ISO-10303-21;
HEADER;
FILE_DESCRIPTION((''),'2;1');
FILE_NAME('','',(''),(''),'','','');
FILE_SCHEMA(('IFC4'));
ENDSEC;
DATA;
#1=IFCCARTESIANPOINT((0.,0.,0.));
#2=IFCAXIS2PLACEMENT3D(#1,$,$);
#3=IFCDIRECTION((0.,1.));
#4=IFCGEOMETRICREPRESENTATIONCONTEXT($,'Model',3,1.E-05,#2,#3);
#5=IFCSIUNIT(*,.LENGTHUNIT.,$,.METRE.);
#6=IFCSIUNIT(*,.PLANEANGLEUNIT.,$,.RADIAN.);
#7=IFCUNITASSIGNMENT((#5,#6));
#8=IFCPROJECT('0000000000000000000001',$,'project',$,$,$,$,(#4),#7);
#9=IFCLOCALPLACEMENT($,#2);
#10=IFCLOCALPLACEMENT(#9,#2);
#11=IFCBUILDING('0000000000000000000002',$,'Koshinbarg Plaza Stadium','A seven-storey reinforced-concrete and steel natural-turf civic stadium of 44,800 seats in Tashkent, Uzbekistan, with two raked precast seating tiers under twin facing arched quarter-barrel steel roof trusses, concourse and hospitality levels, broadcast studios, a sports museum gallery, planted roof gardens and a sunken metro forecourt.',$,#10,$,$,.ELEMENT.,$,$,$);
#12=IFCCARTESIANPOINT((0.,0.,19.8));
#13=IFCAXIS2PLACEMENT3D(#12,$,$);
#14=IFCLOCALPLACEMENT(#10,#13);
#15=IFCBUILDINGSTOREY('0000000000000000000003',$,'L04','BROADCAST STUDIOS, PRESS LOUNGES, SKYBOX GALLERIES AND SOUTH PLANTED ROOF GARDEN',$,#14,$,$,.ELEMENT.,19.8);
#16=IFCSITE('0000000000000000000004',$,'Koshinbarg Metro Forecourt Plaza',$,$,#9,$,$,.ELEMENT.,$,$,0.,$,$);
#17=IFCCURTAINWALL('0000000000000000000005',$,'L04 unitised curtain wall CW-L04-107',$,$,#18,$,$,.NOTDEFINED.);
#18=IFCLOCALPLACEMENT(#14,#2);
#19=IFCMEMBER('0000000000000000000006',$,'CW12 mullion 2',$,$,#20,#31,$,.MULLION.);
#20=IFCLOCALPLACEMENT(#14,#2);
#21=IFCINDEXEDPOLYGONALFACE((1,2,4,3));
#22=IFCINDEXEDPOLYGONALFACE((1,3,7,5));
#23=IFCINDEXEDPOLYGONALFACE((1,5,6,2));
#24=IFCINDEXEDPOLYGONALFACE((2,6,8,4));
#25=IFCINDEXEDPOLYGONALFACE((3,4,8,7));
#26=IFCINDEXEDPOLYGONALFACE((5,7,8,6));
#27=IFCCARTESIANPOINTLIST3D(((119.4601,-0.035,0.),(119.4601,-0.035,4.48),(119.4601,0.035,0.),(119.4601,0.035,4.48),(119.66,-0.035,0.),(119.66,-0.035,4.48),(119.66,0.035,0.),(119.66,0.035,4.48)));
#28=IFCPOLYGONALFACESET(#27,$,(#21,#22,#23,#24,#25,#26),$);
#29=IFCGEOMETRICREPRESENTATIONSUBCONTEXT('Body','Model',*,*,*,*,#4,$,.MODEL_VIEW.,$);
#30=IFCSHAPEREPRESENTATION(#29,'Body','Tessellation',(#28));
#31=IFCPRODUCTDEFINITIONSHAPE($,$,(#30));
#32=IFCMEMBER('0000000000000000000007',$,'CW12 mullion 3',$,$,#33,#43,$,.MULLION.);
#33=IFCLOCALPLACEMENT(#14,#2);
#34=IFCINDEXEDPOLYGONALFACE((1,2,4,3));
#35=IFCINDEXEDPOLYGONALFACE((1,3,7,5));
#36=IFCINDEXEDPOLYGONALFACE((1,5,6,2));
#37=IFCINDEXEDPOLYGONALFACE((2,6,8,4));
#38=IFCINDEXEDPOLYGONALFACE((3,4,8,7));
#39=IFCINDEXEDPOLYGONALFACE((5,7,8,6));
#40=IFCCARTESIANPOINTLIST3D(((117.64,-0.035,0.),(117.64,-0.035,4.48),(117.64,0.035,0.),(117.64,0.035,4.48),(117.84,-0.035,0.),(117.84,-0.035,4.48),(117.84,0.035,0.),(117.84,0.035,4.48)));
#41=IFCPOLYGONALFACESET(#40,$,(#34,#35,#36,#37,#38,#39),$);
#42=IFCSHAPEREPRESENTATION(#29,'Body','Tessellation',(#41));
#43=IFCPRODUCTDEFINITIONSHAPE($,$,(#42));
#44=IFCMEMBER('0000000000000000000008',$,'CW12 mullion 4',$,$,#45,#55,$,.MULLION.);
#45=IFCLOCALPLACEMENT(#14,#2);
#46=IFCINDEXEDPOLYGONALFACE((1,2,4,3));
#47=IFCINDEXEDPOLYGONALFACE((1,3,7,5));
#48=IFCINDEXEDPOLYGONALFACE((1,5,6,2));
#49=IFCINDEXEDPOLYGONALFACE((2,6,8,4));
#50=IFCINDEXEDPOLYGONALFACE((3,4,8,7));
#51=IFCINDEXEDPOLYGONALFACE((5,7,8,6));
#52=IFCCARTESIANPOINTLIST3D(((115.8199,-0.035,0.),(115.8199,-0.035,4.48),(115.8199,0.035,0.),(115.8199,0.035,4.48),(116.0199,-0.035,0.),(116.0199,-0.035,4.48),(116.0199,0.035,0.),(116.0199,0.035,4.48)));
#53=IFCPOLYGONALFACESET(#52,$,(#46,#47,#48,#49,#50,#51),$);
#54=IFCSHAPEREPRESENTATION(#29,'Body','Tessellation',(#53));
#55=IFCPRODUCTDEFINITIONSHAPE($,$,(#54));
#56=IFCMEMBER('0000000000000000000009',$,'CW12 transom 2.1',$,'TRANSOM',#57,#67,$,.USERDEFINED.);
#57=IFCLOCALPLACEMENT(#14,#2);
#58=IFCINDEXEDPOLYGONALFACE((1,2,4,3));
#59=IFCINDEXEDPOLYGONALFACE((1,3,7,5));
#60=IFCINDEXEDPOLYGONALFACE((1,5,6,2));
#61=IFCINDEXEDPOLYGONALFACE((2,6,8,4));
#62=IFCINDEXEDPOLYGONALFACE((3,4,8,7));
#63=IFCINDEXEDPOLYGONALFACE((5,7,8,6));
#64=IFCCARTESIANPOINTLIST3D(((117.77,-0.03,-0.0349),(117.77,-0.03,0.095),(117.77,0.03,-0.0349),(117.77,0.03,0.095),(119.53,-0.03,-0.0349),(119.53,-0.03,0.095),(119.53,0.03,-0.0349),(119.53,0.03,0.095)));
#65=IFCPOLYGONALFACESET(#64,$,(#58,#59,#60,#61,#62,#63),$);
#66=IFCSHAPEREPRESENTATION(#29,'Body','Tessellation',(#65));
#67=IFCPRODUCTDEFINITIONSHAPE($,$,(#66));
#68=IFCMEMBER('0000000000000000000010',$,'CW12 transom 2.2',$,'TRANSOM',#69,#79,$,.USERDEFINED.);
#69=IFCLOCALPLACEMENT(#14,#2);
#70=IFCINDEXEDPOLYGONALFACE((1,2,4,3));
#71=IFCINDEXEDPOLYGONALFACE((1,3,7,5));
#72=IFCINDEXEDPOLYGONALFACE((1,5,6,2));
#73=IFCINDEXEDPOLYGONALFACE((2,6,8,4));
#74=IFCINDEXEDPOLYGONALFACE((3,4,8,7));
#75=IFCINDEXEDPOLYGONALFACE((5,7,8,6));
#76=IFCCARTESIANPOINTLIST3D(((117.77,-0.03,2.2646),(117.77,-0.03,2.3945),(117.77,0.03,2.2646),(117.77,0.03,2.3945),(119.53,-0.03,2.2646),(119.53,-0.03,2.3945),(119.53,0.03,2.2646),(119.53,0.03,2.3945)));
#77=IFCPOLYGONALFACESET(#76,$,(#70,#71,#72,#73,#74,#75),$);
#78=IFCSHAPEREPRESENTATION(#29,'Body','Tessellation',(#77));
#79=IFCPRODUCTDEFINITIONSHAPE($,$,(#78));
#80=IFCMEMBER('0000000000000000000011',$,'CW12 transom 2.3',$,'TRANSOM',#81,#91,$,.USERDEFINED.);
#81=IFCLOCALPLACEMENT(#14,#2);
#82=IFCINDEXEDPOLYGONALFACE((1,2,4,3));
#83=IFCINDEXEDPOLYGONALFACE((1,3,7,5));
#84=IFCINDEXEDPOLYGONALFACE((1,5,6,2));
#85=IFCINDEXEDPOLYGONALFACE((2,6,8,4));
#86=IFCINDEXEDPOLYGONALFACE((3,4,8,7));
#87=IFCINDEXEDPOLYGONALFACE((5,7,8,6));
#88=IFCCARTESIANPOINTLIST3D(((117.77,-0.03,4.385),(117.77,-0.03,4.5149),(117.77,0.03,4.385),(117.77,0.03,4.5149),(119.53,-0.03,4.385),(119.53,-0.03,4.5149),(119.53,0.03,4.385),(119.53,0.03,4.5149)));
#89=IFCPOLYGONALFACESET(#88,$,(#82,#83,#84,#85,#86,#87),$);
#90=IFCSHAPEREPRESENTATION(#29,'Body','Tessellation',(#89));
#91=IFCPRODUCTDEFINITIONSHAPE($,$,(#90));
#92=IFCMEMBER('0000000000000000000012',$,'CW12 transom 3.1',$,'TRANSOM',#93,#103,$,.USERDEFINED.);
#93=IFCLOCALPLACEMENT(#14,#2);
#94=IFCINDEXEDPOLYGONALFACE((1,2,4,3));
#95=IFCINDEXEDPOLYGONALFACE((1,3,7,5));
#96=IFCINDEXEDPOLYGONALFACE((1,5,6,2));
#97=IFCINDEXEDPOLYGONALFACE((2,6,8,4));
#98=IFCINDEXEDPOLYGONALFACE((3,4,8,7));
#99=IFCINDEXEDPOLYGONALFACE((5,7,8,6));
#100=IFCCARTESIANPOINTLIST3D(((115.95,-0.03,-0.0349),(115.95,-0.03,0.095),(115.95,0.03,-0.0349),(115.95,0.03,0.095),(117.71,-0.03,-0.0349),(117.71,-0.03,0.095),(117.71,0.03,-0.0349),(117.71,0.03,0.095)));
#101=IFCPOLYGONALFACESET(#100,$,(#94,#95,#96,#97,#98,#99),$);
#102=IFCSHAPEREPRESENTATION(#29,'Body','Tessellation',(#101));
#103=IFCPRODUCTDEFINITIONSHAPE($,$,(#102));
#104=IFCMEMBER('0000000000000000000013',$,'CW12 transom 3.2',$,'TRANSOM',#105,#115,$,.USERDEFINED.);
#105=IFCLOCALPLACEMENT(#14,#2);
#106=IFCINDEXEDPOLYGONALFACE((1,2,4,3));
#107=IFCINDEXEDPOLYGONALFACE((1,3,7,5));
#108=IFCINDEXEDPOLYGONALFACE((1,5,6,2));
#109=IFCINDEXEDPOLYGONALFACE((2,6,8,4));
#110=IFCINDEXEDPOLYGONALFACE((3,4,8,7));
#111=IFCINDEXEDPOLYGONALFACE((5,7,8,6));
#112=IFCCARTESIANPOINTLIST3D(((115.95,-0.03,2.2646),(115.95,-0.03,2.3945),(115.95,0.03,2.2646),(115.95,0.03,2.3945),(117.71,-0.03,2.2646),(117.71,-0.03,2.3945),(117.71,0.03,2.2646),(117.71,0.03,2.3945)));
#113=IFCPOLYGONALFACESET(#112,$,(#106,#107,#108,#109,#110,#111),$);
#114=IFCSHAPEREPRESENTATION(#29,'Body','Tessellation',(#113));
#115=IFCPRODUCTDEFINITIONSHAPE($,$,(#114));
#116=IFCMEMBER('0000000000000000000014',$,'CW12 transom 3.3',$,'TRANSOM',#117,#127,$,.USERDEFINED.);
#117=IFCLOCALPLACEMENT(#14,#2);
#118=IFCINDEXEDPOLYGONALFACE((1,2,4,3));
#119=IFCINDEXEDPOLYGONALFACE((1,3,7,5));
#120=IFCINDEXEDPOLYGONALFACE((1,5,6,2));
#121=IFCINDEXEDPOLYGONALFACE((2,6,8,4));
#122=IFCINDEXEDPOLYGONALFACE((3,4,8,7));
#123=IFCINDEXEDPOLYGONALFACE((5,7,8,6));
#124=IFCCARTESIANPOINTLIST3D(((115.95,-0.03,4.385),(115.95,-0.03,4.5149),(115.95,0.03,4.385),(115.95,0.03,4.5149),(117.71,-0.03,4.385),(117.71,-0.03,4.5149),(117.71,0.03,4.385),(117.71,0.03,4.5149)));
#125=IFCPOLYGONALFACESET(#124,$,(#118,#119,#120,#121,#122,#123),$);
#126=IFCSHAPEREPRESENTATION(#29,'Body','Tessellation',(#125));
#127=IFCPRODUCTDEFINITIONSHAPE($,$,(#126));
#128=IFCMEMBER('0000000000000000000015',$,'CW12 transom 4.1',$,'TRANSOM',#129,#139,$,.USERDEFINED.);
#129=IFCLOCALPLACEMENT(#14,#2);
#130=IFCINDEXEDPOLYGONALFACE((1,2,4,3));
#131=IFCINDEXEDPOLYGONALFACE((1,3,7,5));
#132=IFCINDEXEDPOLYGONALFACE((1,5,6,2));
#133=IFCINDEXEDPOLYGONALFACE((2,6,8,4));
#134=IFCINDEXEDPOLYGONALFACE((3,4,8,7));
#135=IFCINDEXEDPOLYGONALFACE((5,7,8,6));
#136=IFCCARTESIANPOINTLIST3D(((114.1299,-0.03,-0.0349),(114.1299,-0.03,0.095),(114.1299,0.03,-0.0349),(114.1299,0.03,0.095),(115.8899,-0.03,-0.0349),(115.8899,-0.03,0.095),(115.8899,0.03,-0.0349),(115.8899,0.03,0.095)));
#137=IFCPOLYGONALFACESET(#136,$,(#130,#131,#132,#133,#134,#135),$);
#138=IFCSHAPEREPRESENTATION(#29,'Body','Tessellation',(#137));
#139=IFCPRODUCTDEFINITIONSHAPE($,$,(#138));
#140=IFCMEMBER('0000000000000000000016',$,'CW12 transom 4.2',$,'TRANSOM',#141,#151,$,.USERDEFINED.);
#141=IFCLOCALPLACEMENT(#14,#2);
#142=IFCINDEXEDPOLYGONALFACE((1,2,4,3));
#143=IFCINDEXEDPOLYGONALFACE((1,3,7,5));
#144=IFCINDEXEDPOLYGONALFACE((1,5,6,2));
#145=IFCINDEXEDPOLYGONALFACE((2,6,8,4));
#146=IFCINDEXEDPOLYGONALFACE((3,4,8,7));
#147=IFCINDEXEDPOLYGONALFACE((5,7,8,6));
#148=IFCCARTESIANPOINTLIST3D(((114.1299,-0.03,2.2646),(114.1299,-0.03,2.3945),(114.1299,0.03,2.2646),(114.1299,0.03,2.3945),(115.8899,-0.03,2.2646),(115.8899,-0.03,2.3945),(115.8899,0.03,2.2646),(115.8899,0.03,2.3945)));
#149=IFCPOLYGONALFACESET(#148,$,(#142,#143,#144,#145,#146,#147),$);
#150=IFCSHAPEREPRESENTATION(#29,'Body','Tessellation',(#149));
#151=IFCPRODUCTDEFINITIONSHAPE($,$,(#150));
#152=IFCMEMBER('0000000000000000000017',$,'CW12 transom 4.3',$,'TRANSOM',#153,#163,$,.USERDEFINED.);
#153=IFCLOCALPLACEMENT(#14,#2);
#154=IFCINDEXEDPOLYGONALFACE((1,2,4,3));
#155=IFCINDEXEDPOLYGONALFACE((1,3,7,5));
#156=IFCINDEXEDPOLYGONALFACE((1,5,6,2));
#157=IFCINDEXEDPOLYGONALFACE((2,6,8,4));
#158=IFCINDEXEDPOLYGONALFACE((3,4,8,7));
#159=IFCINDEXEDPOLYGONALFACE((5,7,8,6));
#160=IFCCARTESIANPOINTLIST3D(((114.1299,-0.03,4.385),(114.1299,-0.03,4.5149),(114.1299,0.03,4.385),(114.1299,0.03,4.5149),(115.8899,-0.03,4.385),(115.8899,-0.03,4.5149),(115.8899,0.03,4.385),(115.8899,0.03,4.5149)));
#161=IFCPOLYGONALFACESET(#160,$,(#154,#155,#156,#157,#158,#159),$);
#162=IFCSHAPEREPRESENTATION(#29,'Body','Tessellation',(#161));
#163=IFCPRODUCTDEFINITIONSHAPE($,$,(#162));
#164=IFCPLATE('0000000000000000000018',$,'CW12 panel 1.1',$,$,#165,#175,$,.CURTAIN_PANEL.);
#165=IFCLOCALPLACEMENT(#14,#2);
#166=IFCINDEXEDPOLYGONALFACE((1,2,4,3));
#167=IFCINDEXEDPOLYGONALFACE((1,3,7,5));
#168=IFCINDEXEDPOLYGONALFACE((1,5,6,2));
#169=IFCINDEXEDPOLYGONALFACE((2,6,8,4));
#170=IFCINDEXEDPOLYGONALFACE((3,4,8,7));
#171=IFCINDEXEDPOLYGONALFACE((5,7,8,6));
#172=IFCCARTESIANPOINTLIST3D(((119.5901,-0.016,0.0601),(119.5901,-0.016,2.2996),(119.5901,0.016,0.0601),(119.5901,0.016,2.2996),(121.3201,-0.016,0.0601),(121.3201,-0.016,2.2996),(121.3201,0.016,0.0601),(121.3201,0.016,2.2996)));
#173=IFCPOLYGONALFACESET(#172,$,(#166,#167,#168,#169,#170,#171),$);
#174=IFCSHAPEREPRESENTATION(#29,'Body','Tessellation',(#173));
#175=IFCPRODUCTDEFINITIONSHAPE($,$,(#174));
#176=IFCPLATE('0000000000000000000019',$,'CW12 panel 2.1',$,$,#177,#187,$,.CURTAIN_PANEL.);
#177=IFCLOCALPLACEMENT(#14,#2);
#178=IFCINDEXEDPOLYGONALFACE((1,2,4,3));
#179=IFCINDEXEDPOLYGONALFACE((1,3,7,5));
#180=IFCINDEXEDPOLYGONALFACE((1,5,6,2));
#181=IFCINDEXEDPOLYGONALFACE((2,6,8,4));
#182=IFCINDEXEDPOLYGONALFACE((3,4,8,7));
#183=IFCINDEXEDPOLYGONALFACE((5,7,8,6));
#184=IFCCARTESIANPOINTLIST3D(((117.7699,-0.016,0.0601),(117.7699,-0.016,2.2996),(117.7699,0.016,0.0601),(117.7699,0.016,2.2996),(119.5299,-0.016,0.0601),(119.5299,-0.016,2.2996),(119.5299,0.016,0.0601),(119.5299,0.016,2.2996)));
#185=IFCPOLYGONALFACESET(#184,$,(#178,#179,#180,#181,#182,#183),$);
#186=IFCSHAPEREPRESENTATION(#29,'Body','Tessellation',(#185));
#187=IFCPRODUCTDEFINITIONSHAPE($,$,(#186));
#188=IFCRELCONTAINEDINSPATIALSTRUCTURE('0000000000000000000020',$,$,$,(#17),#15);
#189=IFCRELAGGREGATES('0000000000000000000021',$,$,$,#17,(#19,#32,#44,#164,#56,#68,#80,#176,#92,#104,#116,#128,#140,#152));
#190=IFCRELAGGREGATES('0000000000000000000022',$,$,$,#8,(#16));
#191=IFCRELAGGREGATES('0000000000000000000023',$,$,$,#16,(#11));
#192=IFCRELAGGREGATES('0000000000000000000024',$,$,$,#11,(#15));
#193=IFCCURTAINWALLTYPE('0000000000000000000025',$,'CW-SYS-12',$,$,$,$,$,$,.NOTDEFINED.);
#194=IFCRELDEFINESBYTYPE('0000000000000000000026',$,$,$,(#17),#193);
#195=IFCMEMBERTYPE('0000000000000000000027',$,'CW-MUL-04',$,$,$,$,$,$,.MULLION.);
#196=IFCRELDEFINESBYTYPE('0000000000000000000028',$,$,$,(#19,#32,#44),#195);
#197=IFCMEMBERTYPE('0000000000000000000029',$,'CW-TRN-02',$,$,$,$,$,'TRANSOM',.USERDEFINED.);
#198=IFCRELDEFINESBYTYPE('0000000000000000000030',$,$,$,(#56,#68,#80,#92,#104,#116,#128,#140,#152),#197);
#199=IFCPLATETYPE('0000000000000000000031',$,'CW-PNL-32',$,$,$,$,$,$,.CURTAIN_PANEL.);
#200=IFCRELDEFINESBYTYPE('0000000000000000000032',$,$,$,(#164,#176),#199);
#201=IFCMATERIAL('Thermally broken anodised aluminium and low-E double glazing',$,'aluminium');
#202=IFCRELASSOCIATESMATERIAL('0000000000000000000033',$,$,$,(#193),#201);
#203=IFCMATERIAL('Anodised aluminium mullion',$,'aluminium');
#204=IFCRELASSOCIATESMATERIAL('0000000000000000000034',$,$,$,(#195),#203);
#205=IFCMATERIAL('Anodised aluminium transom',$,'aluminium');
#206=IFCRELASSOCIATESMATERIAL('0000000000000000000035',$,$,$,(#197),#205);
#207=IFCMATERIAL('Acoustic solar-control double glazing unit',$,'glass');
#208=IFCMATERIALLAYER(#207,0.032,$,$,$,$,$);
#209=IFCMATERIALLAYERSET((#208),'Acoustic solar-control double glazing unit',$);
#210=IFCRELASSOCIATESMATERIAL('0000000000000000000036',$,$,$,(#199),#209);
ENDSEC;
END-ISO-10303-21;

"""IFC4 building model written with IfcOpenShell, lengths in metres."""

from ifc_helpers import new_model, si_unit, direction, frame, origin, origin_2d, place, context, subcontext, project, spatial, rectangle, extrude, material, layer, layer_set, material_profile, profile_set, type_object, element, aggregate, save


model = new_model("IFC4")

# Units and contexts
model_context = context("Model", 3, precision=1e-05, world=origin(), true_north=direction((0.0, 1.0)))
body_context = subcontext(model_context, "Body", "Model", "MODEL_VIEW")
ifc_project = project(units=[si_unit("LENGTHUNIT", "METRE"), si_unit("PLANEANGLEUNIT", "RADIAN")], contexts=[model_context])

# Site, building, storey
site_placement = place(None, origin())
site = spatial("IfcSite", under=ifc_project, at=site_placement, Name="Koshinbarg Metro Forecourt Plaza", CompositionType="ELEMENT", RefElevation=0.0)
building_placement = place(site_placement, origin())
building = spatial("IfcBuilding", under=site, at=building_placement, Name="Koshinbarg Plaza Stadium", Description="A seven-storey reinforced-concrete and steel natural-turf civic stadium of 44,800 seats in Tashkent, Uzbekistan, with two raked precast seating tiers under twin facing arched quarter-barrel steel roof trusses, concourse and hospitality levels, broadcast studios, a sports museum gallery, planted roof gardens and a sunken metro forecourt.", CompositionType="ELEMENT")
storey_placement = place(building_placement, frame((0.0, 0.0, 19.8)))
storey = spatial("IfcBuildingStorey", under=building, at=storey_placement, Name="L04", Description="BROADCAST STUDIOS, PRESS LOUNGES, SKYBOX GALLERIES AND SOUTH PLANTED ROOF GARDEN", CompositionType="ELEMENT", Elevation=19.8)

# Curtain wall, members, plates
ifc_material_1 = material(Name="Thermally broken anodised aluminium and low-E double glazing", Category="aluminium")
curtain_wall_type = type_object("IfcCurtainWallType", Name="CW-SYS-12", PredefinedType="NOTDEFINED", material=ifc_material_1)
curtain_wall_placement = place(storey_placement, origin())
curtain_wall = element("IfcCurtainWall", 1, at=curtain_wall_placement, inside=storey, type_object=curtain_wall_type, Name="L04 unitised curtain wall CW-L04-107", PredefinedType="NOTDEFINED")
ifc_material_2 = material(Name="Anodised aluminium mullion", Category="aluminium")
ifc_material_profile_1 = material_profile(ifc_material_2, rectangle(XDim=0.0701, YDim=0.2, at=origin_2d()), Name="ALU 70x200")
ifc_profile_set_1 = profile_set([ifc_material_profile_1], Name="Anodised aluminium mullion")
member_type_1 = type_object("IfcMemberType", Name="CW-MUL-04", PredefinedType="MULLION", material=ifc_profile_set_1)
member_1_placement = place(storey_placement, frame((119.5601, 0.0, 0.0), z_axis=(0.0, 0.0, 1.0), x_axis=(0.0, -1.0, 0.0)))
member_1 = element("IfcMember", 2, at=member_1_placement, type_object=member_type_1, Name="CW12 mullion 2", PredefinedType="MULLION", context=body_context, shape_type="SweptSolid", body=[
    extrude(rectangle(XDim=0.0701, YDim=0.2, at=origin_2d()), origin(), (0.0, 0.0, 1.0), 4.48),
])
member_2_placement = place(storey_placement, frame((117.74, 0.0, 0.0), z_axis=(0.0, 0.0, 1.0), x_axis=(0.0, -1.0, 0.0)))
member_2 = element("IfcMember", 3, at=member_2_placement, type_object=member_type_1, Name="CW12 mullion 3", PredefinedType="MULLION", context=body_context, shape_type="SweptSolid", body=[
    extrude(rectangle(XDim=0.0701, YDim=0.2, at=origin_2d()), origin(), (0.0, 0.0, 1.0), 4.48),
])
member_3_placement = place(storey_placement, frame((115.9199, 0.0, 0.0), z_axis=(0.0, 0.0, 1.0), x_axis=(0.0, -1.0, 0.0)))
member_3 = element("IfcMember", 4, at=member_3_placement, type_object=member_type_1, Name="CW12 mullion 4", PredefinedType="MULLION", context=body_context, shape_type="SweptSolid", body=[
    extrude(rectangle(XDim=0.0701, YDim=0.2, at=origin_2d()), origin(), (0.0, 0.0, 1.0), 4.48),
])
ifc_material_3 = material(Name="Anodised aluminium transom", Category="aluminium")
ifc_material_profile_2 = material_profile(ifc_material_3, rectangle(XDim=0.0601, YDim=0.1299, at=origin_2d()), Name="ALU 60x130")
ifc_profile_set_2 = profile_set([ifc_material_profile_2], Name="Anodised aluminium transom")
member_type_2 = type_object("IfcMemberType", Name="CW-TRN-02", ElementType="TRANSOM", PredefinedType="USERDEFINED", material=ifc_profile_set_2)
member_4_placement = place(storey_placement, frame((119.53, 0.0, 0.03), z_axis=(-1.0, 0.0, 0.0), x_axis=(0.0, -1.0, 0.0)))
member_4 = element("IfcMember", 5, at=member_4_placement, type_object=member_type_2, Name="CW12 transom 2.1", ObjectType="TRANSOM", PredefinedType="USERDEFINED", context=body_context, shape_type="SweptSolid", body=[
    extrude(rectangle(XDim=0.0601, YDim=0.1299, at=origin_2d()), origin(), (0.0, 0.0, 1.0), 1.76),
])
member_5_placement = place(storey_placement, frame((119.53, 0.0, 2.3296), z_axis=(-1.0, 0.0, 0.0), x_axis=(0.0, -1.0, 0.0)))
member_5 = element("IfcMember", 6, at=member_5_placement, type_object=member_type_2, Name="CW12 transom 2.2", ObjectType="TRANSOM", PredefinedType="USERDEFINED", context=body_context, shape_type="SweptSolid", body=[
    extrude(rectangle(XDim=0.0601, YDim=0.1299, at=origin_2d()), origin(), (0.0, 0.0, 1.0), 1.76),
])
member_6_placement = place(storey_placement, frame((119.53, 0.0, 4.45), z_axis=(-1.0, 0.0, 0.0), x_axis=(0.0, -1.0, 0.0)))
member_6 = element("IfcMember", 7, at=member_6_placement, type_object=member_type_2, Name="CW12 transom 2.3", ObjectType="TRANSOM", PredefinedType="USERDEFINED", context=body_context, shape_type="SweptSolid", body=[
    extrude(rectangle(XDim=0.0601, YDim=0.1299, at=origin_2d()), origin(), (0.0, 0.0, 1.0), 1.76),
])
member_7_placement = place(storey_placement, frame((117.71, 0.0, 0.03), z_axis=(-1.0, 0.0, 0.0), x_axis=(0.0, -1.0, 0.0)))
member_7 = element("IfcMember", 8, at=member_7_placement, type_object=member_type_2, Name="CW12 transom 3.1", ObjectType="TRANSOM", PredefinedType="USERDEFINED", context=body_context, shape_type="SweptSolid", body=[
    extrude(rectangle(XDim=0.0601, YDim=0.1299, at=origin_2d()), origin(), (0.0, 0.0, 1.0), 1.76),
])
member_8_placement = place(storey_placement, frame((117.71, 0.0, 2.3296), z_axis=(-1.0, 0.0, 0.0), x_axis=(0.0, -1.0, 0.0)))
member_8 = element("IfcMember", 9, at=member_8_placement, type_object=member_type_2, Name="CW12 transom 3.2", ObjectType="TRANSOM", PredefinedType="USERDEFINED", context=body_context, shape_type="SweptSolid", body=[
    extrude(rectangle(XDim=0.0601, YDim=0.1299, at=origin_2d()), origin(), (0.0, 0.0, 1.0), 1.76),
])
member_9_placement = place(storey_placement, frame((117.71, 0.0, 4.45), z_axis=(-1.0, 0.0, 0.0), x_axis=(0.0, -1.0, 0.0)))
member_9 = element("IfcMember", 10, at=member_9_placement, type_object=member_type_2, Name="CW12 transom 3.3", ObjectType="TRANSOM", PredefinedType="USERDEFINED", context=body_context, shape_type="SweptSolid", body=[
    extrude(rectangle(XDim=0.0601, YDim=0.1299, at=origin_2d()), origin(), (0.0, 0.0, 1.0), 1.76),
])
member_10_placement = place(storey_placement, frame((115.8899, 0.0, 0.03), z_axis=(-1.0, 0.0, 0.0), x_axis=(0.0, -1.0, 0.0)))
member_10 = element("IfcMember", 11, at=member_10_placement, type_object=member_type_2, Name="CW12 transom 4.1", ObjectType="TRANSOM", PredefinedType="USERDEFINED", context=body_context, shape_type="SweptSolid", body=[
    extrude(rectangle(XDim=0.0601, YDim=0.1299, at=origin_2d()), origin(), (0.0, 0.0, 1.0), 1.76),
])
member_11_placement = place(storey_placement, frame((115.8899, 0.0, 2.3296), z_axis=(-1.0, 0.0, 0.0), x_axis=(0.0, -1.0, 0.0)))
member_11 = element("IfcMember", 12, at=member_11_placement, type_object=member_type_2, Name="CW12 transom 4.2", ObjectType="TRANSOM", PredefinedType="USERDEFINED", context=body_context, shape_type="SweptSolid", body=[
    extrude(rectangle(XDim=0.0601, YDim=0.1299, at=origin_2d()), origin(), (0.0, 0.0, 1.0), 1.76),
])
member_12_placement = place(storey_placement, frame((115.8899, 0.0, 4.45), z_axis=(-1.0, 0.0, 0.0), x_axis=(0.0, -1.0, 0.0)))
member_12 = element("IfcMember", 13, at=member_12_placement, type_object=member_type_2, Name="CW12 transom 4.3", ObjectType="TRANSOM", PredefinedType="USERDEFINED", context=body_context, shape_type="SweptSolid", body=[
    extrude(rectangle(XDim=0.0601, YDim=0.1299, at=origin_2d()), origin(), (0.0, 0.0, 1.0), 1.76),
])
ifc_material_4 = material(Name="Acoustic solar-control double glazing unit", Category="glass")
ifc_layer = layer(ifc_material_4, 0.032)
ifc_layer_set = layer_set([ifc_layer], Name="Acoustic solar-control double glazing unit")
plate_type = type_object("IfcPlateType", Name="CW-PNL-32", PredefinedType="CURTAIN_PANEL", material=ifc_layer_set)
plate_1_placement = place(storey_placement, frame((120.4551, 0.0, 0.0601), z_axis=(0.0, 0.0, 1.0), x_axis=(-1.0, 0.0, 0.0)))
plate_1 = element("IfcPlate", 14, at=plate_1_placement, type_object=plate_type, Name="CW12 panel 1.1", PredefinedType="CURTAIN_PANEL", context=body_context, shape_type="SweptSolid", body=[
    extrude(rectangle(XDim=1.73, YDim=0.032, at=origin_2d()), origin(), (0.0, 0.0, 1.0), 2.2395),
])
plate_2_placement = place(storey_placement, frame((118.6499, 0.0, 0.0601), z_axis=(0.0, 0.0, 1.0), x_axis=(-1.0, 0.0, 0.0)))
plate_2 = element("IfcPlate", 15, at=plate_2_placement, type_object=plate_type, Name="CW12 panel 2.1", PredefinedType="CURTAIN_PANEL", context=body_context, shape_type="SweptSolid", body=[
    extrude(rectangle(XDim=1.76, YDim=0.032, at=origin_2d()), origin(), (0.0, 0.0, 1.0), 2.2395),
])
aggregate(curtain_wall, [member_1, member_2, member_3, plate_1, member_4, member_5, member_6, plate_2, member_7, member_8, member_9, member_10, member_11, member_12])

save(model, "model.ifc")
